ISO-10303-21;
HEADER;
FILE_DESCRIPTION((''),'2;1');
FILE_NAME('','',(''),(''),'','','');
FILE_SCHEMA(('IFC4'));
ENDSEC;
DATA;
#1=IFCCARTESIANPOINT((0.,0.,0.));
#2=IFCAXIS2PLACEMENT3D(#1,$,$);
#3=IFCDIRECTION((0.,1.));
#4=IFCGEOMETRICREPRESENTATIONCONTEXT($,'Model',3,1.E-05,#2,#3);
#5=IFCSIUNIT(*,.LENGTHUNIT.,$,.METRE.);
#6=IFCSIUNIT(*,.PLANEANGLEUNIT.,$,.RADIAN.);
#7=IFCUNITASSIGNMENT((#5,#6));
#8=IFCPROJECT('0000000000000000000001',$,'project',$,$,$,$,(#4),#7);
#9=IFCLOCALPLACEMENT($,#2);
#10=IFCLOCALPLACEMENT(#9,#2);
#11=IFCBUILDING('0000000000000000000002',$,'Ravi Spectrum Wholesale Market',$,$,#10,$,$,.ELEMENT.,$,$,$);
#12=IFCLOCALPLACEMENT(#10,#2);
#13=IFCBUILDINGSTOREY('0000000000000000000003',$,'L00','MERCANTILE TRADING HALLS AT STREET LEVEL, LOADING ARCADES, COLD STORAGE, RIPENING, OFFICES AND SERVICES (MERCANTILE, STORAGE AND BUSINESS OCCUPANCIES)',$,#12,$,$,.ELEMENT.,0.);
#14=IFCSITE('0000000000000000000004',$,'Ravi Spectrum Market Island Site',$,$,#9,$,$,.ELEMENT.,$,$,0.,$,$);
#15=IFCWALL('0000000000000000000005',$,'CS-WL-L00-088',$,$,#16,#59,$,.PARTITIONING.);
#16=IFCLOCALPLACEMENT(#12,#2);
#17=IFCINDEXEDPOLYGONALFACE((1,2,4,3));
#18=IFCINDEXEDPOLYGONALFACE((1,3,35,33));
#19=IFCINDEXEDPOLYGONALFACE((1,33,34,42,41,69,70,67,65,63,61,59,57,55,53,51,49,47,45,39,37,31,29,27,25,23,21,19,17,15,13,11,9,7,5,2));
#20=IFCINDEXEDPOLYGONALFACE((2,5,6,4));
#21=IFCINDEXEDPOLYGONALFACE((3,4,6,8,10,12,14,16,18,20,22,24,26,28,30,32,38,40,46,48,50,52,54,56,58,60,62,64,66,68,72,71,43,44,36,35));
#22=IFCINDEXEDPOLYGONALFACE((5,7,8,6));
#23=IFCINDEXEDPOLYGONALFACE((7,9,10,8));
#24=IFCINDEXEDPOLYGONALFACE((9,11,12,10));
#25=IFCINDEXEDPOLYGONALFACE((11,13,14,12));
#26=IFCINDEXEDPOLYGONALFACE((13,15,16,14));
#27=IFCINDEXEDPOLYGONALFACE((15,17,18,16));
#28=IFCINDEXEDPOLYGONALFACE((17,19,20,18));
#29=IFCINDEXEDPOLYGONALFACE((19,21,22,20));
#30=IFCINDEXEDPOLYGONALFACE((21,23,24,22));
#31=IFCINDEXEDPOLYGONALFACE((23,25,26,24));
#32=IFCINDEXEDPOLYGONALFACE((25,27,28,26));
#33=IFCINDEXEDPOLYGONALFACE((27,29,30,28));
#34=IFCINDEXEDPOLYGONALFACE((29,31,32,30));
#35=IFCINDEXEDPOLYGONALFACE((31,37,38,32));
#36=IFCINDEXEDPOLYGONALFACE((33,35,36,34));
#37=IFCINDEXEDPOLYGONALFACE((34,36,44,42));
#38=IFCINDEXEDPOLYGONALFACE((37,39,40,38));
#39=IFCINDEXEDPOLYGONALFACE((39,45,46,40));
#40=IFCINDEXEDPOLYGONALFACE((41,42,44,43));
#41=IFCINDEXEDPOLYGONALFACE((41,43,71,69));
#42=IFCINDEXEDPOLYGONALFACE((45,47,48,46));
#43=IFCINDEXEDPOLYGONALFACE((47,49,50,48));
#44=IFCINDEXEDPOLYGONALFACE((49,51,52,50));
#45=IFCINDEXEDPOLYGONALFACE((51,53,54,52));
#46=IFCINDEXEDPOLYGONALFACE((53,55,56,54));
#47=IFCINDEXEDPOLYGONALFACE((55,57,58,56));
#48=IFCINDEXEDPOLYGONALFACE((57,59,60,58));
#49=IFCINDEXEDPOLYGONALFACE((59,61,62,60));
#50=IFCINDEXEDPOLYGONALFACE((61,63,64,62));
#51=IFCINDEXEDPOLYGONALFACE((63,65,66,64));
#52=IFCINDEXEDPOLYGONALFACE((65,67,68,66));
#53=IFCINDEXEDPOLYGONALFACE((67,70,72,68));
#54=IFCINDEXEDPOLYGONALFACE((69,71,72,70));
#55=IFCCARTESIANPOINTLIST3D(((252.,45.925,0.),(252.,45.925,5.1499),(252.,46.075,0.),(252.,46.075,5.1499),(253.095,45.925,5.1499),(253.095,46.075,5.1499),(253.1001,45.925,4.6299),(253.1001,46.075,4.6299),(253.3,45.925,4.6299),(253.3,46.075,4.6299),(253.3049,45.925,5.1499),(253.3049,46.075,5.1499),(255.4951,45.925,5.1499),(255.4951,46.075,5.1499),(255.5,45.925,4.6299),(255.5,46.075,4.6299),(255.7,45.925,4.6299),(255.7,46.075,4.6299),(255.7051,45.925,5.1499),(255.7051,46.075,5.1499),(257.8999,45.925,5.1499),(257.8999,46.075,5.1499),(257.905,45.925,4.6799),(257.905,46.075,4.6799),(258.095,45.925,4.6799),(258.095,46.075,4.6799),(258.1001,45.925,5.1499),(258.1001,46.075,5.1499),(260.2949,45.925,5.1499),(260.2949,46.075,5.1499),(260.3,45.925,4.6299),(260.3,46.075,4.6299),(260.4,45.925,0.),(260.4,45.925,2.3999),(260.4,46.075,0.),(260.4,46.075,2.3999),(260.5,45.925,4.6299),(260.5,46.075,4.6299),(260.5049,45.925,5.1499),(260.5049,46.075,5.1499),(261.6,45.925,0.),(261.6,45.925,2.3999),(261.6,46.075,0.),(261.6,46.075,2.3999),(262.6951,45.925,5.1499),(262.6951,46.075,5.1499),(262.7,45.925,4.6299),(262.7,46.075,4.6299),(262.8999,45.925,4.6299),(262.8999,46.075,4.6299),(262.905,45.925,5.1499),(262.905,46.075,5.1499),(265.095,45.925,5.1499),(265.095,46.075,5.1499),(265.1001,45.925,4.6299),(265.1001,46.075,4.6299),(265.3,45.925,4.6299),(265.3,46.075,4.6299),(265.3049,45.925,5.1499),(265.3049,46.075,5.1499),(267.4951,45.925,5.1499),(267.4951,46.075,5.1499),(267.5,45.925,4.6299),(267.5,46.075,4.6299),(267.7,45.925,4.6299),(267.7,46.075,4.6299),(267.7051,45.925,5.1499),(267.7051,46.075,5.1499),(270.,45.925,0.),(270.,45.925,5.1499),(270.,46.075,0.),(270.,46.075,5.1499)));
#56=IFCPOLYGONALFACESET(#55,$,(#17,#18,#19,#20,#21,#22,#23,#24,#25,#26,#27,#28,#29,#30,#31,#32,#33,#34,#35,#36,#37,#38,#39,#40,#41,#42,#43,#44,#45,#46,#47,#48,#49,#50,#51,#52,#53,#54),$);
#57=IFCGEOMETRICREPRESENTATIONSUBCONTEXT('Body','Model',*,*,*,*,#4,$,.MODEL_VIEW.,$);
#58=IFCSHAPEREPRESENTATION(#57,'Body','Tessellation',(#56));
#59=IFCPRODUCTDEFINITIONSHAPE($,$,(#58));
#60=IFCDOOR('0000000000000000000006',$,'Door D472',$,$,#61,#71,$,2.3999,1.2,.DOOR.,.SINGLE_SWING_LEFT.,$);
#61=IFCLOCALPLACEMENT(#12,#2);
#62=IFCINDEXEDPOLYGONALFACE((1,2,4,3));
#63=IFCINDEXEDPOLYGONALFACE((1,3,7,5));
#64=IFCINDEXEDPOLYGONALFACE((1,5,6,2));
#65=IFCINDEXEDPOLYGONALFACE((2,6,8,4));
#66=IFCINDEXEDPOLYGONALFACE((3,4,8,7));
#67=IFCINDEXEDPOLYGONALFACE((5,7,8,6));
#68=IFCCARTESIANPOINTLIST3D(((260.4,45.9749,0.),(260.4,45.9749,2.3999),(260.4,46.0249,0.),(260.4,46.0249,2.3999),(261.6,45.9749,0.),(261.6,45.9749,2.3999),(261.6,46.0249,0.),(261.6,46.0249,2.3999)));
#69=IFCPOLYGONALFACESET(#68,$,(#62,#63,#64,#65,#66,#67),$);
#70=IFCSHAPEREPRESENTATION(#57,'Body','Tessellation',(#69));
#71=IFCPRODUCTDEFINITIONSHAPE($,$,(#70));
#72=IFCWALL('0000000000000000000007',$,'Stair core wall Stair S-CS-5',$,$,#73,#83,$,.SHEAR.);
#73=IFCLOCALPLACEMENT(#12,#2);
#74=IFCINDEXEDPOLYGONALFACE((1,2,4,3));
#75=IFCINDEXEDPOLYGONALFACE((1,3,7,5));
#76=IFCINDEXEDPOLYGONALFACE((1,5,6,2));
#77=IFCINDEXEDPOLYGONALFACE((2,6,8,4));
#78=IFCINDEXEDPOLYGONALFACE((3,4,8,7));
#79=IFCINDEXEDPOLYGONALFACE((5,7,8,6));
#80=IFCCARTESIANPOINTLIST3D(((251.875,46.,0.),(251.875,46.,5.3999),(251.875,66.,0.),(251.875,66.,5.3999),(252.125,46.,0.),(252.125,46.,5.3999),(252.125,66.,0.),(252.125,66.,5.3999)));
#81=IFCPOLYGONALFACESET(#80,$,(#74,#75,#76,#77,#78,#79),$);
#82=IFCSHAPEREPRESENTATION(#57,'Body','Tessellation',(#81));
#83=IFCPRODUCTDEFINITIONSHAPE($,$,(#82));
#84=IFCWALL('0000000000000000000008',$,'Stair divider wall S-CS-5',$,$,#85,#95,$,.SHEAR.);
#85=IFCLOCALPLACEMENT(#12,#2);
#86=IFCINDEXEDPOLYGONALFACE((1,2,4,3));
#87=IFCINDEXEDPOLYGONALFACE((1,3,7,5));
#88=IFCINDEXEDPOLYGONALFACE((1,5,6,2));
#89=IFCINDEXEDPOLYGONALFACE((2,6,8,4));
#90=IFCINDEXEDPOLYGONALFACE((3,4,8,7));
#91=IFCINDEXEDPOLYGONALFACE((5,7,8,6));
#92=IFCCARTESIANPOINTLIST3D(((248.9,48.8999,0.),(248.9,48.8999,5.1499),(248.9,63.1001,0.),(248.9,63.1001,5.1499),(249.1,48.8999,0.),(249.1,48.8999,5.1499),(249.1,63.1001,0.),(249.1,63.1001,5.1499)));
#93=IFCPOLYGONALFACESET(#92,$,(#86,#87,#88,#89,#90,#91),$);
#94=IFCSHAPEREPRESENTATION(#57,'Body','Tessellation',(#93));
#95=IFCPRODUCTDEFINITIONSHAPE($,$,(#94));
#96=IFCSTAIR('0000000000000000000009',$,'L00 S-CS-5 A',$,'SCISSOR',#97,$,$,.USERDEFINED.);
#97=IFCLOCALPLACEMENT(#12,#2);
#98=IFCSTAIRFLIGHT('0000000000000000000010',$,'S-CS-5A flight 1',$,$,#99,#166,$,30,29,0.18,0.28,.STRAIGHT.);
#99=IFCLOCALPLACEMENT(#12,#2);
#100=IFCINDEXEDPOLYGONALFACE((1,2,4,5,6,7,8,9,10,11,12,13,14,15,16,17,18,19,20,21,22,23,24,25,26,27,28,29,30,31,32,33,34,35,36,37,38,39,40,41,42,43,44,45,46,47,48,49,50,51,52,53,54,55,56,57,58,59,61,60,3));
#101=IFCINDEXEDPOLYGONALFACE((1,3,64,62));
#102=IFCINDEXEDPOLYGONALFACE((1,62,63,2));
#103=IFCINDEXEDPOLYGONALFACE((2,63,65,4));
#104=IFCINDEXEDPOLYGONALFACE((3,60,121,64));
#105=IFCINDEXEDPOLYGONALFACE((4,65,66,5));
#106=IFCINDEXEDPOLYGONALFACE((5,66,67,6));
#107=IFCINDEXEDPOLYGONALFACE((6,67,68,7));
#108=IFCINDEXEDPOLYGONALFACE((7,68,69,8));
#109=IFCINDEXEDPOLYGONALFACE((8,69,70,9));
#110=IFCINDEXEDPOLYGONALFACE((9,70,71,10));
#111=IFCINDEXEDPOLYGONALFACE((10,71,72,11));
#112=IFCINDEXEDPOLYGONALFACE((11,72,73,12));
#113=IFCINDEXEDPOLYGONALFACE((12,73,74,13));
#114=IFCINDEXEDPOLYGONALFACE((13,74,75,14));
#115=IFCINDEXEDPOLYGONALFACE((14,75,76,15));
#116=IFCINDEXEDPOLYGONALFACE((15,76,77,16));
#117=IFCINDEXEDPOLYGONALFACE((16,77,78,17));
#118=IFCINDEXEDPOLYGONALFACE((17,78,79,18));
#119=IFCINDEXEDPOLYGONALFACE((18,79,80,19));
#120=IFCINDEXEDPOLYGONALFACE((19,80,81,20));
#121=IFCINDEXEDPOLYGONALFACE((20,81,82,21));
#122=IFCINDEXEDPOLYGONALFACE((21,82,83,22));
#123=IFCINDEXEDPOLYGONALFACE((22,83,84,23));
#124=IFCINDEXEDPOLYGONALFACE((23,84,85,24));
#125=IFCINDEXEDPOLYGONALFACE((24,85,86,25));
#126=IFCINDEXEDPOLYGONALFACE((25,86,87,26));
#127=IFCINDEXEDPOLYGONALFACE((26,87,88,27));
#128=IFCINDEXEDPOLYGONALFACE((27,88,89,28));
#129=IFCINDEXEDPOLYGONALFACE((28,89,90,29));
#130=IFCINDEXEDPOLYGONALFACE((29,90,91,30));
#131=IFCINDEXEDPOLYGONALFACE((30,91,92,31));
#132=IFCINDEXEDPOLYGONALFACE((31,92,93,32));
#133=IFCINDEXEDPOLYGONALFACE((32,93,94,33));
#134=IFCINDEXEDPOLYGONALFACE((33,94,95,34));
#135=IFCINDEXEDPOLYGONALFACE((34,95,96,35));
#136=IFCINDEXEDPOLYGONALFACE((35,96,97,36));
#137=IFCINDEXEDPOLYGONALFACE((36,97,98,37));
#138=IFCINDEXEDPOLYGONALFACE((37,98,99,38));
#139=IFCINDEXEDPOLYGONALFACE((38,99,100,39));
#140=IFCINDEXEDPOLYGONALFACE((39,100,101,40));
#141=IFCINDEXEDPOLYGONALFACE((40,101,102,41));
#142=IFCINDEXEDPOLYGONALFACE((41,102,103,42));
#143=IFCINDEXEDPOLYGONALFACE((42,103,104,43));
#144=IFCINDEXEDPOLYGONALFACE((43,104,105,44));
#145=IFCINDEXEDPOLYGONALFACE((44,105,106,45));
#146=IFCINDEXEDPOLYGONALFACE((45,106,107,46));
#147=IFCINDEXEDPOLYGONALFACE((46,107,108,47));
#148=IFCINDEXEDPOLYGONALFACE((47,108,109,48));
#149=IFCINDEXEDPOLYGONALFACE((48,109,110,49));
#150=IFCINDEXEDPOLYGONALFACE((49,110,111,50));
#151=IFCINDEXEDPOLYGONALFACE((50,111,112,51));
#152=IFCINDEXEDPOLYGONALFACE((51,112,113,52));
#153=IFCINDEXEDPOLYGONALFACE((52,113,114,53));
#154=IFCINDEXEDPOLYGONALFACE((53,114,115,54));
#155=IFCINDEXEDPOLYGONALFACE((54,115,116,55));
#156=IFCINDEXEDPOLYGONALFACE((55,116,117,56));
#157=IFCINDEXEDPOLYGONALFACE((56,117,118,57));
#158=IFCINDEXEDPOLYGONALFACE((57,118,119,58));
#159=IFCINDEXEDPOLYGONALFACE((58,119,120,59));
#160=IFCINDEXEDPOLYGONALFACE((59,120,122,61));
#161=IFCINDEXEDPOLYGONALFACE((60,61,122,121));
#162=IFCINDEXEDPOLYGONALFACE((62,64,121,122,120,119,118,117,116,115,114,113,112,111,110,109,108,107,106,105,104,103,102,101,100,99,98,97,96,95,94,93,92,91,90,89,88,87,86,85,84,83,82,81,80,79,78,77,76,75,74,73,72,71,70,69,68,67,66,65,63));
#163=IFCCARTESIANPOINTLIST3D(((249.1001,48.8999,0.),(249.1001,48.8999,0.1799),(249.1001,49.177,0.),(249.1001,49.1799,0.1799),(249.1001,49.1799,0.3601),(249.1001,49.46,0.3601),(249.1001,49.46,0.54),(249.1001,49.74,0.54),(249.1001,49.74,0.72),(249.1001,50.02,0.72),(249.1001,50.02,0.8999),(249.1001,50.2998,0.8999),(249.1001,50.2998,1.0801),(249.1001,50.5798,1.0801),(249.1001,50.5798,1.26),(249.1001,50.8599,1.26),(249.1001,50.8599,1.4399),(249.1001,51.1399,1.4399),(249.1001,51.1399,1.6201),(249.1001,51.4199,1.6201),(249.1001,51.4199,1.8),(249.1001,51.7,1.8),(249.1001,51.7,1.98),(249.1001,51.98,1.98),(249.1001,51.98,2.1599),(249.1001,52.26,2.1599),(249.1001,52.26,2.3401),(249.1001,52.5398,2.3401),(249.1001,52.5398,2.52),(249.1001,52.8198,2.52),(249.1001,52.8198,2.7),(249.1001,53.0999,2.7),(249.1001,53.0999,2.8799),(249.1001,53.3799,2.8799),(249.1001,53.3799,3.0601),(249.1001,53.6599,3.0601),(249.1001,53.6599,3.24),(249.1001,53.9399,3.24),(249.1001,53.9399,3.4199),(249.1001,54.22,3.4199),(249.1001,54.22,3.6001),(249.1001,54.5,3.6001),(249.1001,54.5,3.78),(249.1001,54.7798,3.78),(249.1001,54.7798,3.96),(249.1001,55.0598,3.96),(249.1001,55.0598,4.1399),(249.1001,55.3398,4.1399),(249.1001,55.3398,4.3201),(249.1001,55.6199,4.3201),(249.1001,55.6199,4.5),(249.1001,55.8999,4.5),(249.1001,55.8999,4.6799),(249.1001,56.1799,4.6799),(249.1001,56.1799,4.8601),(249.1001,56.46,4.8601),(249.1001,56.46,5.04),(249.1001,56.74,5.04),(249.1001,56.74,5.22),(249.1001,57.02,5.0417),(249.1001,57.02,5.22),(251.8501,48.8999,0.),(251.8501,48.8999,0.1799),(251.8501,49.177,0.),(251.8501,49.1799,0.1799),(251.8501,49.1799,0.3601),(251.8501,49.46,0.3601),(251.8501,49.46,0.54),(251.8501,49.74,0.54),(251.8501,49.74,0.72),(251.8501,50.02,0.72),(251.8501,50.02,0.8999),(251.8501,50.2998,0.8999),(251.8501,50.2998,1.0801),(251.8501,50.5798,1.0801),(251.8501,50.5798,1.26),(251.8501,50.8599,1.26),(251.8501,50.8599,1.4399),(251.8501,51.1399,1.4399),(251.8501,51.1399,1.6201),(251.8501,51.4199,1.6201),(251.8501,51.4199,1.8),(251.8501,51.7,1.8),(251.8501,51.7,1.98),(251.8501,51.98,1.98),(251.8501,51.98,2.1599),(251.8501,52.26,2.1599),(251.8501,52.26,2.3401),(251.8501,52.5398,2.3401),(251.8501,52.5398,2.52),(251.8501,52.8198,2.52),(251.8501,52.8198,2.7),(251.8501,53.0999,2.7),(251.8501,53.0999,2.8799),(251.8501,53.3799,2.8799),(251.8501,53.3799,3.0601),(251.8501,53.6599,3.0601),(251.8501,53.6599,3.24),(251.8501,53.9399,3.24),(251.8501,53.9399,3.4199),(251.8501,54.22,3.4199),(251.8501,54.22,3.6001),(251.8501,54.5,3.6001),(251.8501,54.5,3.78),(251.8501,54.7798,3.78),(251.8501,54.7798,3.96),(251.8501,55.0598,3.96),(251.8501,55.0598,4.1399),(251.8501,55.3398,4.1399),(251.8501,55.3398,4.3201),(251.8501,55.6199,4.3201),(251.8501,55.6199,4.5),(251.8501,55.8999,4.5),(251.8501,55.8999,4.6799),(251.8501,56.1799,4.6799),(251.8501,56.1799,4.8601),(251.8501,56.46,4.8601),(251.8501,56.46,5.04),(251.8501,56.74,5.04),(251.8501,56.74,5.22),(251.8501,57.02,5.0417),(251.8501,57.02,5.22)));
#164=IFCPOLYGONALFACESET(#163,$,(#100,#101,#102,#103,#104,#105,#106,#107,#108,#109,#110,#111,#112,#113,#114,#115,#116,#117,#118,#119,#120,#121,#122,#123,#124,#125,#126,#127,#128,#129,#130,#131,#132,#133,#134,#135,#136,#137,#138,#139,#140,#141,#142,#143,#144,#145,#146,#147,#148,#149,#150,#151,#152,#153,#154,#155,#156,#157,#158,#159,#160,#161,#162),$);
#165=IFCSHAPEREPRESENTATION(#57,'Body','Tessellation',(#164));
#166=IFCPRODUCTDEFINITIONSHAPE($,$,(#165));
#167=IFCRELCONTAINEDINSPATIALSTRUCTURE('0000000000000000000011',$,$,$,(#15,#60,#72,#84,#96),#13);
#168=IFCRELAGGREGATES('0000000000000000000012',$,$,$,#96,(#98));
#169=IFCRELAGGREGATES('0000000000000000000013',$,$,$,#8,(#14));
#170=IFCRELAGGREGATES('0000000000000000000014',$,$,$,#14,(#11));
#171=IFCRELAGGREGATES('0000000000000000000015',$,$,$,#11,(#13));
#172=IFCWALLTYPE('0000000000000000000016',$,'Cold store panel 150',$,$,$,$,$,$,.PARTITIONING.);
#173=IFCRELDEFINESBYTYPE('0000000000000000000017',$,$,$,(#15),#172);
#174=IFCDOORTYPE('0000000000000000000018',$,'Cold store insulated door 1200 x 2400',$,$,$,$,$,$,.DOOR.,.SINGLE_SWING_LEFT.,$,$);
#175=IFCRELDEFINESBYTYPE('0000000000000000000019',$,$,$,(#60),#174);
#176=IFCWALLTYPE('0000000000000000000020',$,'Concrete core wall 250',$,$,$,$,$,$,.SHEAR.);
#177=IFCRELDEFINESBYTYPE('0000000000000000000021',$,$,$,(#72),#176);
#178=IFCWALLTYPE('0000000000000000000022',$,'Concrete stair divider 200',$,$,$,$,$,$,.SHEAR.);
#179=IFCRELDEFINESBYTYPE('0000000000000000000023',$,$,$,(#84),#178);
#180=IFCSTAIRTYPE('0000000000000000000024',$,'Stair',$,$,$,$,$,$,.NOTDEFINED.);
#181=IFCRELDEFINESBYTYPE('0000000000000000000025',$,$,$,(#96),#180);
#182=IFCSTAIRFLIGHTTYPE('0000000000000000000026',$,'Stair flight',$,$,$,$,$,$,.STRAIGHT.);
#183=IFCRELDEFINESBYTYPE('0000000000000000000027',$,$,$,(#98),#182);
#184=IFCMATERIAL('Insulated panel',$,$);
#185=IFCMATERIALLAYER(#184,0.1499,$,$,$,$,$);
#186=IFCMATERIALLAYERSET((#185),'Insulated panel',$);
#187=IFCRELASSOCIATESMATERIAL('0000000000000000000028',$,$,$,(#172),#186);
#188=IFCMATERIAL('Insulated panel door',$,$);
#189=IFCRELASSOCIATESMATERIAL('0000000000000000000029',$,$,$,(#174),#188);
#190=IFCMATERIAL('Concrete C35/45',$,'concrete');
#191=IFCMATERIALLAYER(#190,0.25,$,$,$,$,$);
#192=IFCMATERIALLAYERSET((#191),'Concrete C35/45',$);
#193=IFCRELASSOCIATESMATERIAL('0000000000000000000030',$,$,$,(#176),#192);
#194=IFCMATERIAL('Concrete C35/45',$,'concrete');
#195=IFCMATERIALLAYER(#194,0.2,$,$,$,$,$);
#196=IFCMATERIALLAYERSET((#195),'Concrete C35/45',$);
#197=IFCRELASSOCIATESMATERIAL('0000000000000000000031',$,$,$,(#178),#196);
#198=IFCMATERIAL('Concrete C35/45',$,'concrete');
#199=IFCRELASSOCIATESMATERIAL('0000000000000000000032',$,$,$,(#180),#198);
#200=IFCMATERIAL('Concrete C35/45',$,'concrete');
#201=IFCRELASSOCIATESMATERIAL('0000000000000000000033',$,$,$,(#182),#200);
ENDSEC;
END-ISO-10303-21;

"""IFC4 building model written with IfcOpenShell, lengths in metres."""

from ifc_helpers import new_model, si_unit, direction, frame, frame_2d, origin, place, context, subcontext, project, spatial, polyline, rectangle, outline, extrude, material, layer, layer_set, type_object, element, fill, aggregate, save


model = new_model("IFC4")

# Units and contexts
model_context = context("Model", 3, precision=1e-05, world=origin(), true_north=direction((0.0, 1.0)))
body_context = subcontext(model_context, "Body", "Model", "MODEL_VIEW")
ifc_project = project(units=[si_unit("LENGTHUNIT", "METRE"), si_unit("PLANEANGLEUNIT", "RADIAN")], contexts=[model_context])

# Site, building, storey
site_placement = place(None, origin())
site = spatial("IfcSite", under=ifc_project, at=site_placement, Name="Ravi Spectrum Market Island Site", CompositionType="ELEMENT", RefElevation=0.0)
building_placement = place(site_placement, origin())
building = spatial("IfcBuilding", under=site, at=building_placement, Name="Ravi Spectrum Wholesale Market", CompositionType="ELEMENT")
storey_placement = place(building_placement, origin())
storey = spatial("IfcBuildingStorey", under=building, at=storey_placement, Name="L00", Description="MERCANTILE TRADING HALLS AT STREET LEVEL, LOADING ARCADES, COLD STORAGE, RIPENING, OFFICES AND SERVICES (MERCANTILE, STORAGE AND BUSINESS OCCUPANCIES)", CompositionType="ELEMENT", Elevation=0.0)

# Wall, opening, door
ifc_material_1 = material(Name="Insulated panel")
ifc_layer_1 = layer(ifc_material_1, 0.1499)
ifc_layer_set_1 = layer_set([ifc_layer_1], Name="Insulated panel")
wall_type_1 = type_object("IfcWallType", Name="Cold store panel 150", PredefinedType="PARTITIONING", material=ifc_layer_set_1)
wall_1_placement = place(storey_placement, frame((252.0, 46.0, 0.0), z_axis=(0.0, 0.0, 1.0), x_axis=(1.0, 0.0, 0.0)))
wall_1 = element("IfcWall", 1, at=wall_1_placement, inside=storey, type_object=wall_type_1, Name="CS-WL-L00-088", PredefinedType="PARTITIONING", context=body_context, shape_type="SweptSolid", body=[
    extrude(outline(polyline([(0.0, 0.0), (18.0, 0.0), (18.0, 5.1499), (15.7051, 5.1499), (15.7, 4.6299), (15.5, 4.6299), (15.4951, 5.1499), (13.3049, 5.1499), (13.3, 4.6299), (13.1001, 4.6299), (13.095, 5.1499), (10.905, 5.1499), (10.8999, 4.6299), (10.7, 4.6299), (10.6951, 5.1499), (8.5049, 5.1499), (8.5, 4.6299), (8.3, 4.6299), (8.2949, 5.1499), (6.1001, 5.1499), (6.095, 4.6799), (5.905, 4.6799), (5.8999, 5.1499), (3.7051, 5.1499), (3.7, 4.6299), (3.5, 4.6299), (3.4951, 5.1499), (1.3049, 5.1499), (1.3, 4.6299), (1.1001, 4.6299), (1.095, 5.1499), (0.0, 5.1499), (0.0, 0.0)])), frame((0.0, 0.075, 0.0), z_axis=(0.0, -1.0, 0.0), x_axis=(1.0, 0.0, 0.0)), (0.0, 0.0, 1.0), 0.1499),
])
opening_placement = place(wall_1_placement, frame((8.3999, 0.0, 0.0)))
opening = element("IfcOpeningElement", 2, at=opening_placement, cuts=wall_1, PredefinedType="OPENING", context=body_context, shape_type="SweptSolid", body=[
    extrude(rectangle(XDim=1.2, YDim=2.3999, at=frame_2d((0.6001, 1.2))), frame((0.0, 0.085, 0.0), z_axis=(0.0, -1.0, 0.0), x_axis=(1.0, 0.0, 0.0)), (0.0, 0.0, 1.0), 0.1699),
])
ifc_material_2 = material(Name="Insulated panel door")
door_type = type_object("IfcDoorType", Name="Cold store insulated door 1200 x 2400", OperationType="SINGLE_SWING_LEFT", PredefinedType="DOOR", material=ifc_material_2)
door_placement = place(opening_placement, origin())
door = element("IfcDoor", 3, at=door_placement, inside=storey, type_object=door_type, Name="Door D472", OperationType="SINGLE_SWING_LEFT", OverallHeight=2.3999, OverallWidth=1.2, PredefinedType="DOOR", context=body_context, shape_type="SweptSolid", body=[
    extrude(rectangle(XDim=1.2, YDim=2.3999, at=frame_2d((0.6001, 1.2))), frame((0.0, 0.0249, 0.0), z_axis=(0.0, -1.0, 0.0), x_axis=(1.0, 0.0, 0.0)), (0.0, 0.0, 1.0), 0.05),
])
fill(opening, door)

# Walls
ifc_material_3 = material(Name="Concrete C35/45", Category="concrete")
ifc_layer_2 = layer(ifc_material_3, 0.25)
ifc_layer_set_2 = layer_set([ifc_layer_2], Name="Concrete C35/45")
wall_type_2 = type_object("IfcWallType", Name="Concrete core wall 250", PredefinedType="SHEAR", material=ifc_layer_set_2)
wall_2_placement = place(storey_placement, frame((252.0, 46.0, 0.0), z_axis=(0.0, 0.0, 1.0), x_axis=(0.0, 1.0, 0.0)))
element("IfcWall", 4, at=wall_2_placement, inside=storey, type_object=wall_type_2, Name="Stair core wall Stair S-CS-5", PredefinedType="SHEAR", context=body_context, shape_type="SweptSolid", body=[
    extrude(rectangle(XDim=20.0, YDim=0.25, at=frame_2d((10.0, 0.0))), origin(), (0.0, 0.0, 1.0), 5.3999),
])
ifc_material_4 = material(Name="Concrete C35/45", Category="concrete")
ifc_layer_3 = layer(ifc_material_4, 0.2)
ifc_layer_set_3 = layer_set([ifc_layer_3], Name="Concrete C35/45")
wall_type_3 = type_object("IfcWallType", Name="Concrete stair divider 200", PredefinedType="SHEAR", material=ifc_layer_set_3)
wall_3_placement = place(storey_placement, frame((249.0, 48.8999, 0.0), z_axis=(0.0, 0.0, 1.0), x_axis=(0.0, 1.0, 0.0)))
element("IfcWall", 5, at=wall_3_placement, inside=storey, type_object=wall_type_3, Name="Stair divider wall S-CS-5", PredefinedType="SHEAR", context=body_context, shape_type="SweptSolid", body=[
    extrude(rectangle(XDim=14.2002, YDim=0.2, at=frame_2d((7.1001, 0.0))), origin(), (0.0, 0.0, 1.0), 5.1499),
])

# Stair, stair flight
ifc_material_5 = material(Name="Concrete C35/45", Category="concrete")
stair_type = type_object("IfcStairType", Name="Stair", PredefinedType="NOTDEFINED", material=ifc_material_5)
stair_1_placement = place(storey_placement, origin())
stair_1 = element("IfcStair", 6, at=stair_1_placement, inside=storey, type_object=stair_type, Name="L00 S-CS-5 A", ObjectType="SCISSOR", PredefinedType="USERDEFINED")
ifc_material_6 = material(Name="Concrete C35/45", Category="concrete")
stair_flight_type = type_object("IfcStairFlightType", Name="Stair flight", PredefinedType="STRAIGHT", material=ifc_material_6)
stair_flight_1_placement = place(storey_placement, frame((250.4751, 48.8999, 0.0), z_axis=(0.0, 0.0, 1.0), x_axis=(0.0, 1.0, 0.0)))
stair_flight_1 = element("IfcStairFlight", 7, at=stair_flight_1_placement, type_object=stair_flight_type, Name="S-CS-5A flight 1", NumberOfRisers=30, NumberOfTreads=29, PredefinedType="STRAIGHT", RiserHeight=0.18, TreadLength=0.28, context=body_context, shape_type="SweptSolid", body=[
    extrude(outline(polyline([(0.0, 0.0), (0.0, 0.1799), (0.28, 0.1799), (0.28, 0.3601), (0.5601, 0.3601), (0.5601, 0.54), (0.8401, 0.54), (0.8401, 0.72), (1.1201, 0.72), (1.1201, 0.8999), (1.3999, 0.8999), (1.3999, 1.0801), (1.6799, 1.0801), (1.6799, 1.26), (1.96, 1.26), (1.96, 1.4399), (2.24, 1.4399), (2.24, 1.6201), (2.52, 1.6201), (2.52, 1.8), (2.8, 1.8), (2.8, 1.98), (3.0801, 1.98), (3.0801, 2.1599), (3.3601, 2.1599), (3.3601, 2.3401), (3.6399, 2.3401), (3.6399, 2.52), (3.9199, 2.52), (3.9199, 2.7), (4.2, 2.7), (4.2, 2.8799), (4.48, 2.8799), (4.48, 3.0601), (4.76, 3.0601), (4.76, 3.24), (5.04, 3.24), (5.04, 3.4199), (5.3201, 3.4199), (5.3201, 3.6001), (5.6001, 3.6001), (5.6001, 3.78), (5.8799, 3.78), (5.8799, 3.96), (6.1599, 3.96), (6.1599, 4.1399), (6.4399, 4.1399), (6.4399, 4.3201), (6.72, 4.3201), (6.72, 4.5), (7.0, 4.5), (7.0, 4.6799), (7.28, 4.6799), (7.28, 4.8601), (7.5601, 4.8601), (7.5601, 5.04), (7.8401, 5.04), (7.8401, 5.22), (8.1201, 5.22), (8.1201, 5.3999), (8.1201, 5.0417), (0.2771, 0.0), (0.0, 0.0)])), frame((0.0, 1.375, 0.0), z_axis=(0.0, -1.0, 0.0), x_axis=(1.0, 0.0, 0.0)), (0.0, 0.0, 1.0), 2.75),
])
aggregate(stair_1, [stair_flight_1])

save(model, "model.ifc")
